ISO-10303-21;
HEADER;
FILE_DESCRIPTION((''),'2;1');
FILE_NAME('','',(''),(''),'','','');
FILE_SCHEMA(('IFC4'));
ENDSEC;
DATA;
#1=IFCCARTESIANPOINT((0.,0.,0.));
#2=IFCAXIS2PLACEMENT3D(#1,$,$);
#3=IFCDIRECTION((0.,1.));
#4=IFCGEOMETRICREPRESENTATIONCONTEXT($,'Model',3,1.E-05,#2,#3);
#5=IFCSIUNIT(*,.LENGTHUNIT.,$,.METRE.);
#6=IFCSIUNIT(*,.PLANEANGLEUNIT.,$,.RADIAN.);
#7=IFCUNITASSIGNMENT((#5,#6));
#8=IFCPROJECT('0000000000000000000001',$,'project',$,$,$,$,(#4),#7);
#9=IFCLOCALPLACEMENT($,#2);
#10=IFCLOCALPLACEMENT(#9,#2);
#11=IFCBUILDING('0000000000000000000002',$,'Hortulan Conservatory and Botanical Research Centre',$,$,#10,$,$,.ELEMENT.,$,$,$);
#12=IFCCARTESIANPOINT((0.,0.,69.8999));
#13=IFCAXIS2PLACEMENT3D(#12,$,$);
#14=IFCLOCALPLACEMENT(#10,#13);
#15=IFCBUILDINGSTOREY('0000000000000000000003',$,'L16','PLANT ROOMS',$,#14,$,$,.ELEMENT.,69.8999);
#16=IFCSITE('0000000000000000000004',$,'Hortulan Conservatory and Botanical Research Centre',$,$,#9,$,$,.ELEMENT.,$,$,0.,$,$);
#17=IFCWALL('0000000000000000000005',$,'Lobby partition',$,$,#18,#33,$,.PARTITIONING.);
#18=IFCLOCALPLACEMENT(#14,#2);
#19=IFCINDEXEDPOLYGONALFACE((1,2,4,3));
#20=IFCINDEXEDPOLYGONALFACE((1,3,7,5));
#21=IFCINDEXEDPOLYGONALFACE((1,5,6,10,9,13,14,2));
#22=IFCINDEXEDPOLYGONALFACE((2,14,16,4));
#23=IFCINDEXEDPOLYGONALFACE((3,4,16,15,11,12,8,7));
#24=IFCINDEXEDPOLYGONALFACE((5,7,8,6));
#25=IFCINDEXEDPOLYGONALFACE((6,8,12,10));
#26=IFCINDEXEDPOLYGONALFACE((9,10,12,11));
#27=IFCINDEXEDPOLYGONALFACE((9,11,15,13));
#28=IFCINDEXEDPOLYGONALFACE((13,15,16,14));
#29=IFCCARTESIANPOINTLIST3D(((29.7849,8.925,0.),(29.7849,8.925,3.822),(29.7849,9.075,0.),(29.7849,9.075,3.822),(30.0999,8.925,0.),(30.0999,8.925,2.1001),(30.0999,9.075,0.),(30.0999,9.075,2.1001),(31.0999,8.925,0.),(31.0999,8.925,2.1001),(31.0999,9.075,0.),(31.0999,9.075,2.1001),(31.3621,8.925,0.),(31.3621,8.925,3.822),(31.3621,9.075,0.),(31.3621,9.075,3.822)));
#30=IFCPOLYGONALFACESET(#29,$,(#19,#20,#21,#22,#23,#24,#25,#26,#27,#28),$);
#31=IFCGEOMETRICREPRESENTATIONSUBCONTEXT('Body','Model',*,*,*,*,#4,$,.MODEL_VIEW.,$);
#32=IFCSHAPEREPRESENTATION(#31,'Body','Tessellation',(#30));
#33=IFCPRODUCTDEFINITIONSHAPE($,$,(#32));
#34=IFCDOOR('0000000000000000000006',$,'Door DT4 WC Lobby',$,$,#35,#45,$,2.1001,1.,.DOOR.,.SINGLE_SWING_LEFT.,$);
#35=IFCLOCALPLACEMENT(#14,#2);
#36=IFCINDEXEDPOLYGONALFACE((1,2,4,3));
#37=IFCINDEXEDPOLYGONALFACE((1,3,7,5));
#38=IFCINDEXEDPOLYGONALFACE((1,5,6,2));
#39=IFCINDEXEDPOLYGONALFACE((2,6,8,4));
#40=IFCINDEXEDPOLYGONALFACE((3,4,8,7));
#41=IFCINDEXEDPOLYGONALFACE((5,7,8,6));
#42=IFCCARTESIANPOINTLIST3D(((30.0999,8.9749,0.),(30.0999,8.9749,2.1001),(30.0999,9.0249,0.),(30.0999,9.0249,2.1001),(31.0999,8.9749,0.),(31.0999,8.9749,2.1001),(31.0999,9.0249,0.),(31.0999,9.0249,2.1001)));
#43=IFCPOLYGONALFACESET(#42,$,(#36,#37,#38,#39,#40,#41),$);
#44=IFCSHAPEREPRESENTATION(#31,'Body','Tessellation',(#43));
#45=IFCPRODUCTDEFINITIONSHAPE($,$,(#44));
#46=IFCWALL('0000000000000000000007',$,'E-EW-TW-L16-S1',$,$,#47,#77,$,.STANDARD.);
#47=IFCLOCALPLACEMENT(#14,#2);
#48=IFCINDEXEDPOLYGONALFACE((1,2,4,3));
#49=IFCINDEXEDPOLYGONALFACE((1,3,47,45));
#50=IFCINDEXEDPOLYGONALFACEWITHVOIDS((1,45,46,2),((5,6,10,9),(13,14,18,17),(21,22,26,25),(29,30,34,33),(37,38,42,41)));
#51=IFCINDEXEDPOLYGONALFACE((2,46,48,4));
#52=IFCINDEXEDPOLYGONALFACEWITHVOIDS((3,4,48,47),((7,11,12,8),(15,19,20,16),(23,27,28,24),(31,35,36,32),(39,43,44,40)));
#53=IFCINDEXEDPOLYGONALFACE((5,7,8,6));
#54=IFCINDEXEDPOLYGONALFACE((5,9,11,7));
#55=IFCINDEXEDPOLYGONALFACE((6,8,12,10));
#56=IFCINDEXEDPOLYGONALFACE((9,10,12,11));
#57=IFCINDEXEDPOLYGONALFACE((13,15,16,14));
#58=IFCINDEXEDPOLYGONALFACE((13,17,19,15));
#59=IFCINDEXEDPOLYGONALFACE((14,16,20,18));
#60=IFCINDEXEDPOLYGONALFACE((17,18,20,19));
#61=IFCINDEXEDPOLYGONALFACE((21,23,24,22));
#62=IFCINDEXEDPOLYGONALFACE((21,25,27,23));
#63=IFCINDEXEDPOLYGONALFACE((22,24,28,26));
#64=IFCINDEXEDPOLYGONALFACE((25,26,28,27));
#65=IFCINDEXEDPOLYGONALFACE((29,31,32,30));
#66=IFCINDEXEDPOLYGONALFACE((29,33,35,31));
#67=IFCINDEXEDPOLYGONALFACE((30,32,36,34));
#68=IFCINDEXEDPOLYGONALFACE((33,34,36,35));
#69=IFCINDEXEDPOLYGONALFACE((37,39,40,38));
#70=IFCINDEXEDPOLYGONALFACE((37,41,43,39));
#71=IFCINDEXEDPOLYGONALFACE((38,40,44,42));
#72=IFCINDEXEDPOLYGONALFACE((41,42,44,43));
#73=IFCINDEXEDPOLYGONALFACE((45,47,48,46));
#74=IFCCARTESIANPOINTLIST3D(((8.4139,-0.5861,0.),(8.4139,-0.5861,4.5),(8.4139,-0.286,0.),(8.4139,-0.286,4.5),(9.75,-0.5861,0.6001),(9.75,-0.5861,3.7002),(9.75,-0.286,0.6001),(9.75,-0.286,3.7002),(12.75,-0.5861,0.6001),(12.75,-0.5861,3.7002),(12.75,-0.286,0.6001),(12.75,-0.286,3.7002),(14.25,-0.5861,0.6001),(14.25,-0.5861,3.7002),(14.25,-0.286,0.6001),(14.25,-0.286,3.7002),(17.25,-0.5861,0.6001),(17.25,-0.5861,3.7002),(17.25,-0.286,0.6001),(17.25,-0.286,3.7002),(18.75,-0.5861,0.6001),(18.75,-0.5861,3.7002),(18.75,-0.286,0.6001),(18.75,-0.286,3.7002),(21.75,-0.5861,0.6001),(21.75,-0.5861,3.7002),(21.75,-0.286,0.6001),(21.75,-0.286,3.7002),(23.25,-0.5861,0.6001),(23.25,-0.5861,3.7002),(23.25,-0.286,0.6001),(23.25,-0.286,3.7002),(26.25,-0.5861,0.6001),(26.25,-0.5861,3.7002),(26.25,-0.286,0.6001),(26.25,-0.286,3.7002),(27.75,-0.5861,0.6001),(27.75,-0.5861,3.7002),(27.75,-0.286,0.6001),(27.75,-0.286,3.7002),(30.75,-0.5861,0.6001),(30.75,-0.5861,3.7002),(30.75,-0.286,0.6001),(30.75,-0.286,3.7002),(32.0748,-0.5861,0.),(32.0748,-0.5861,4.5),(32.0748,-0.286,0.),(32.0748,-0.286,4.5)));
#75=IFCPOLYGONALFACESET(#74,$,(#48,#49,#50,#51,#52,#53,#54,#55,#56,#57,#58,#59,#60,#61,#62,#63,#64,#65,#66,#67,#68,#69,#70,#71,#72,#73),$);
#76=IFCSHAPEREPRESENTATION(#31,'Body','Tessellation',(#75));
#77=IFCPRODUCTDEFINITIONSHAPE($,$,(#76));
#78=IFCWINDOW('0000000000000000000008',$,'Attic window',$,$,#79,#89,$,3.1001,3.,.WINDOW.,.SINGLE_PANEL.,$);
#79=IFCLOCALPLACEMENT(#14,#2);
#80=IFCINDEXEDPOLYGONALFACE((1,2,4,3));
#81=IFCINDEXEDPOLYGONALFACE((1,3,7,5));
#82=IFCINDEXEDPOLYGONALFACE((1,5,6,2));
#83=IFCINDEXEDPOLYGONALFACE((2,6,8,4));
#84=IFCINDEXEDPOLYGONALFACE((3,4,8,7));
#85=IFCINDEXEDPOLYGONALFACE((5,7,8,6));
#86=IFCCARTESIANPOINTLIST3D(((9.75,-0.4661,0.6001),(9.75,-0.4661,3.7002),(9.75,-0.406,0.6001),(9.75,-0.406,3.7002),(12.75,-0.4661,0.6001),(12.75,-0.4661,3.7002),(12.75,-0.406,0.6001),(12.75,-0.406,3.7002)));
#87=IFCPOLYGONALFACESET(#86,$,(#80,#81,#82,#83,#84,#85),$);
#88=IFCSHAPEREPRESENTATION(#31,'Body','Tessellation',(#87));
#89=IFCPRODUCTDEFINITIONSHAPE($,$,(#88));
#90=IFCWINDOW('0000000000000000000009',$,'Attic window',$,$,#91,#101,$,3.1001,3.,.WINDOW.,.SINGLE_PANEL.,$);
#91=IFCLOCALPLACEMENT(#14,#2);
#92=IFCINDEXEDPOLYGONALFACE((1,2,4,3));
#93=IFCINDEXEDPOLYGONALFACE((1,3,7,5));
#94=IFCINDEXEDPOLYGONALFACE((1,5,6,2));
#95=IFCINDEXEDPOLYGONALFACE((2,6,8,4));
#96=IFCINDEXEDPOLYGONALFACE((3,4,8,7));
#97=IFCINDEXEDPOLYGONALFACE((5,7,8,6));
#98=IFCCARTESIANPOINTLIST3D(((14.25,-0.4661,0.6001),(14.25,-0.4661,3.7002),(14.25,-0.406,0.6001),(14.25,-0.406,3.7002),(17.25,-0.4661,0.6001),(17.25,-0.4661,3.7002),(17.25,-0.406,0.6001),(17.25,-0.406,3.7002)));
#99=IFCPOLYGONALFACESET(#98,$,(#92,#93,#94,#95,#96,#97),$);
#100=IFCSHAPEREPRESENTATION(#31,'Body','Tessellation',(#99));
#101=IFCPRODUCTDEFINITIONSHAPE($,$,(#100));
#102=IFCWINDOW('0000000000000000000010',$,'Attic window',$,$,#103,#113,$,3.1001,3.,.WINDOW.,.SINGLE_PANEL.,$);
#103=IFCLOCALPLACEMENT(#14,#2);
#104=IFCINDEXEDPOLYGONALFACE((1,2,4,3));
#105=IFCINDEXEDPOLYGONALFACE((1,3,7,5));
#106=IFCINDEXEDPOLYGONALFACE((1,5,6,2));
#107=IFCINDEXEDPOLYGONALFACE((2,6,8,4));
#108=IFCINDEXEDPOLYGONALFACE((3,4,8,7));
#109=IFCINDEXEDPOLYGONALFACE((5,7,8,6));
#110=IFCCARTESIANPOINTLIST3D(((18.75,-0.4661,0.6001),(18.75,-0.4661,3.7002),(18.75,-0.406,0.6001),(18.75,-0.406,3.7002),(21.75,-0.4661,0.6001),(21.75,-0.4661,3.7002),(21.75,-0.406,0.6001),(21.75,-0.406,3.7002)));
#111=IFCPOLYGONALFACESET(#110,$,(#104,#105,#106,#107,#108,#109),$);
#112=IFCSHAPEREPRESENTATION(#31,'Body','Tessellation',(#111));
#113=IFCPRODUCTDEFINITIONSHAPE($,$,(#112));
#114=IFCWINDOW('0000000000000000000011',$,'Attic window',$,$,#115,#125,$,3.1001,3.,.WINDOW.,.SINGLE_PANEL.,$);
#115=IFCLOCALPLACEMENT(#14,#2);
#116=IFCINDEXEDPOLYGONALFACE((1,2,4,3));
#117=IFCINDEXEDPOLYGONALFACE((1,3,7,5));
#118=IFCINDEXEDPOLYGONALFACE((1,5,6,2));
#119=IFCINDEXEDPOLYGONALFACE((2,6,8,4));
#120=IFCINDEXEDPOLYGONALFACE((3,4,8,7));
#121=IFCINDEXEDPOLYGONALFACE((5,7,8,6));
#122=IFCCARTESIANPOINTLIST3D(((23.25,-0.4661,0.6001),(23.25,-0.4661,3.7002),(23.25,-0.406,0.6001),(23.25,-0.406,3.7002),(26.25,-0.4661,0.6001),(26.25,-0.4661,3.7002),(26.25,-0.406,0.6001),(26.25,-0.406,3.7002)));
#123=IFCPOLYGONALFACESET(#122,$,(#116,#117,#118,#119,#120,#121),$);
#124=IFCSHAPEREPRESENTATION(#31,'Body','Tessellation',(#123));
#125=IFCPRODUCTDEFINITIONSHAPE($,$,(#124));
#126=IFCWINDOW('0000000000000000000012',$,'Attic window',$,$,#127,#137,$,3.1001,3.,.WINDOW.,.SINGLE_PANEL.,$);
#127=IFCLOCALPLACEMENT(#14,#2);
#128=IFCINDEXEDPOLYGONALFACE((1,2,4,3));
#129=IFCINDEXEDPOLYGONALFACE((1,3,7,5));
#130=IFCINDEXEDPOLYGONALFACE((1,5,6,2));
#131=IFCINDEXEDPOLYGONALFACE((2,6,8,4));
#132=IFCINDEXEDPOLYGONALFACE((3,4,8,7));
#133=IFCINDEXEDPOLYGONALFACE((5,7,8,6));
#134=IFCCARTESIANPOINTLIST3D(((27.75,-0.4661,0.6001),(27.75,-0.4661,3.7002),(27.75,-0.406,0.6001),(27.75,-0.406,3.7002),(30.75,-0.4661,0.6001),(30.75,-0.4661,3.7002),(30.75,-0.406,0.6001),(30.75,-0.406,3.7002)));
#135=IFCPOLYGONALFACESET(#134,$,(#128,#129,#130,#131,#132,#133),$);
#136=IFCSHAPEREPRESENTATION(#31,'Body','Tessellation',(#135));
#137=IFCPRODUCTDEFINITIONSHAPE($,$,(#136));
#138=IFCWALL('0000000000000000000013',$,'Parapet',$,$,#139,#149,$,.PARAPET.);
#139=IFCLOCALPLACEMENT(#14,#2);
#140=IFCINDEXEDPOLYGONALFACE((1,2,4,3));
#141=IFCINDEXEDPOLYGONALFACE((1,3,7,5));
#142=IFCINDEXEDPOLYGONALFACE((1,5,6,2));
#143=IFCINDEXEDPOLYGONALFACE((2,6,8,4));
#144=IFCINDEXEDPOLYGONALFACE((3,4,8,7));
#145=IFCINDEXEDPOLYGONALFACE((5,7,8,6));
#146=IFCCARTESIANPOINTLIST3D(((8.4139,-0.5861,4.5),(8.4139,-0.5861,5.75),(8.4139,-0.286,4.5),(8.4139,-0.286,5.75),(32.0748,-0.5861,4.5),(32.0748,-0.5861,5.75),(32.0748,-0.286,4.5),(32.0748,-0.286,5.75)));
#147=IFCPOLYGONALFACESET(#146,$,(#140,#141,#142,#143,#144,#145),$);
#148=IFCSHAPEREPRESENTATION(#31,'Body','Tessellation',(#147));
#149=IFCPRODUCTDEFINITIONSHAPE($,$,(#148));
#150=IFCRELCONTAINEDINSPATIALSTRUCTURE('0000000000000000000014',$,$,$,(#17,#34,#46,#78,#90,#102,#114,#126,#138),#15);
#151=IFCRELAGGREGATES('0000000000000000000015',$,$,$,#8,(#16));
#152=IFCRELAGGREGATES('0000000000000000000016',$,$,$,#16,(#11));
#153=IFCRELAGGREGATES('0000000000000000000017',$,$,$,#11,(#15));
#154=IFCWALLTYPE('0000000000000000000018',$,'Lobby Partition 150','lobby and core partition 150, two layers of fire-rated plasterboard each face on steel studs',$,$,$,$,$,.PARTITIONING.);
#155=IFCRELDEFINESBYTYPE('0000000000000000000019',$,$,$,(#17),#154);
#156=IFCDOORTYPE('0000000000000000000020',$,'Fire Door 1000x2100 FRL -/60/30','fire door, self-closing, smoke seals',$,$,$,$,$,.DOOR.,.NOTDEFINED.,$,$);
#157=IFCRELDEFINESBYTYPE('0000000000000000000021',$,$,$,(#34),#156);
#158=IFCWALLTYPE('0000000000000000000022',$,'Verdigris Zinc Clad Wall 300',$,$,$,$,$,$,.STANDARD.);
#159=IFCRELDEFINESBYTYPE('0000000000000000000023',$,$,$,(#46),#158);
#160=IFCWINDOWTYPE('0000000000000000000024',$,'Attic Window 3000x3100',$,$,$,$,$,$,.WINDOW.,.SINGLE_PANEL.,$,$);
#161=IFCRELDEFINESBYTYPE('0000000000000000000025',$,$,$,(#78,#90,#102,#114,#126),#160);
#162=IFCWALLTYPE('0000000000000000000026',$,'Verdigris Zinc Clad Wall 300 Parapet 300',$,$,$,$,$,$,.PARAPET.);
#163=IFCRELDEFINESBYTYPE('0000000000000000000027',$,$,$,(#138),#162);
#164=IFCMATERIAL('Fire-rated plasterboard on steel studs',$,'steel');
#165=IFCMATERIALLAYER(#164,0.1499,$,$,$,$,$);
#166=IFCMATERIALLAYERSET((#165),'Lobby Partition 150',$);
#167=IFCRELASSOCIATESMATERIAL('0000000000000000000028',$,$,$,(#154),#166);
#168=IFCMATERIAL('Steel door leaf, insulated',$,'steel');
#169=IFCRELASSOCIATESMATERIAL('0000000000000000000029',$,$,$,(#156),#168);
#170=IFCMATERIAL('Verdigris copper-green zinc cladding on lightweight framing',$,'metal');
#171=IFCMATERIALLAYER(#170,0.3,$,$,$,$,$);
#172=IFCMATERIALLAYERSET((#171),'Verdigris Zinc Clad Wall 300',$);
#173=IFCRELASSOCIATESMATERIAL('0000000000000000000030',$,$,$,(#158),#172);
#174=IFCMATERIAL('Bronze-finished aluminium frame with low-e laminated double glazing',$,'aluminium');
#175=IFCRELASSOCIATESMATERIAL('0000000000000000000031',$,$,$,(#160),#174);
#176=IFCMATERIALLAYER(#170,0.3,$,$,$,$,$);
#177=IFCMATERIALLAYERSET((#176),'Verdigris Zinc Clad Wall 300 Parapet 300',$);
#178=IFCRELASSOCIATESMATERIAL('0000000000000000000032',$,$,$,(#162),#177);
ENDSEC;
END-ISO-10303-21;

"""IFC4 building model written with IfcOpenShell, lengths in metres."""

from ifc_helpers import new_model, si_unit, direction, frame, frame_2d, origin, place, context, subcontext, project, spatial, rectangle, extrude, material, layer, layer_set, type_object, element, fill, save


model = new_model("IFC4")

# Units and contexts
model_context = context("Model", 3, precision=1e-05, world=origin(), true_north=direction((0.0, 1.0)))
body_context = subcontext(model_context, "Body", "Model", "MODEL_VIEW")
ifc_project = project(units=[si_unit("LENGTHUNIT", "METRE"), si_unit("PLANEANGLEUNIT", "RADIAN")], contexts=[model_context])

# Site, building, storey
site_placement = place(None, origin())
site = spatial("IfcSite", under=ifc_project, at=site_placement, Name="Hortulan Conservatory and Botanical Research Centre", CompositionType="ELEMENT", RefElevation=0.0)
building_placement = place(site_placement, origin())
building = spatial("IfcBuilding", under=site, at=building_placement, Name="Hortulan Conservatory and Botanical Research Centre", CompositionType="ELEMENT")
storey_placement = place(building_placement, frame((0.0, 0.0, 69.8999)))
storey = spatial("IfcBuildingStorey", under=building, at=storey_placement, Name="L16", Description="PLANT ROOMS", CompositionType="ELEMENT", Elevation=69.8999)

# Wall, opening, door
ifc_material_1 = material(Name="Fire-rated plasterboard on steel studs", Category="steel")
ifc_material_2 = material(Name="Steel door leaf, insulated", Category="steel")
ifc_layer_1 = layer(ifc_material_1, 0.1499)
ifc_layer_set_1 = layer_set([ifc_layer_1], Name="Lobby Partition 150")
wall_type_1 = type_object("IfcWallType", Name="Lobby Partition 150", Description="lobby and core partition 150, two layers of fire-rated plasterboard each face on steel studs", PredefinedType="PARTITIONING", material=ifc_layer_set_1)
door_type_1 = type_object("IfcDoorType", Name="Fire Door 1000x2100 FRL -/60/30", Description="fire door, self-closing, smoke seals", OperationType="NOTDEFINED", PredefinedType="DOOR", material=ifc_material_2)
wall_1_placement = place(storey_placement, frame((29.7849, 9.0, 0.0), z_axis=(0.0, 0.0, 1.0), x_axis=(1.0, 0.0, 0.0)))
wall_1 = element("IfcWall", 1, at=wall_1_placement, inside=storey, type_object=wall_type_1, Name="Lobby partition", PredefinedType="PARTITIONING", context=body_context, shape_type="SweptSolid", body=[
    extrude(rectangle(XDim=1.5771, YDim=0.1499, at=frame_2d((0.7886, 0.0))), origin(), (0.0, 0.0, 1.0), 3.822),
])
opening_1_placement = place(wall_1_placement, frame((0.3149, 0.0, 0.0)))
opening_1 = element("IfcOpeningElement", 2, at=opening_1_placement, cuts=wall_1, PredefinedType="OPENING", context=body_context, shape_type="SweptSolid", body=[
    extrude(rectangle(XDim=1.0, YDim=2.1001, at=frame_2d((0.5, 1.05))), frame((0.0, 0.085, 0.0), z_axis=(0.0, -1.0, 0.0), x_axis=(1.0, 0.0, 0.0)), (0.0, 0.0, 1.0), 0.1699),
])
door_1_placement = place(opening_1_placement, origin())
door_1 = element("IfcDoor", 3, at=door_1_placement, inside=storey, type_object=door_type_1, Name="Door DT4 WC Lobby", OperationType="SINGLE_SWING_LEFT", OverallHeight=2.1001, OverallWidth=1.0, PredefinedType="DOOR", context=body_context, shape_type="SweptSolid", body=[
    extrude(rectangle(XDim=1.0, YDim=2.1001, at=frame_2d((0.5, 1.05))), frame((0.0, 0.0249, 0.0), z_axis=(0.0, -1.0, 0.0), x_axis=(1.0, 0.0, 0.0)), (0.0, 0.0, 1.0), 0.05),
])
fill(opening_1, door_1)

# Wall, openings, windows
ifc_material_3 = material(Name="Verdigris copper-green zinc cladding on lightweight framing", Category="metal")
ifc_layer_2 = layer(ifc_material_3, 0.3)
ifc_layer_set_2 = layer_set([ifc_layer_2], Name="Verdigris Zinc Clad Wall 300")
wall_type_2 = type_object("IfcWallType", Name="Verdigris Zinc Clad Wall 300", PredefinedType="STANDARD", material=ifc_layer_set_2)
wall_2_placement = place(storey_placement, frame((32.075, -0.436, 0.0), z_axis=(0.0, 0.0, 1.0), x_axis=(-1.0, 0.0, 0.0)))
wall_2 = element("IfcWall", 4, at=wall_2_placement, inside=storey, type_object=wall_type_2, Name="E-EW-TW-L16-S1", PredefinedType="STANDARD", context=body_context, shape_type="SweptSolid", body=[
    extrude(rectangle(XDim=23.6609, YDim=0.3, at=frame_2d((11.8306, 0.0))), origin(), (0.0, 0.0, 1.0), 4.5),
])
opening_2_placement = place(wall_2_placement, frame((19.325, 0.0, 0.6001)))
opening_2 = element("IfcOpeningElement", 5, at=opening_2_placement, cuts=wall_2, PredefinedType="OPENING", context=body_context, shape_type="SweptSolid", body=[
    extrude(rectangle(XDim=3.0, YDim=3.1001, at=frame_2d((1.5, 1.55))), frame((0.0, 0.1599, 0.0), z_axis=(0.0, -1.0, 0.0), x_axis=(1.0, 0.0, 0.0)), (0.0, 0.0, 1.0), 0.3201),
])
opening_3_placement = place(wall_2_placement, frame((14.825, 0.0, 0.6001)))
opening_3 = element("IfcOpeningElement", 6, at=opening_3_placement, cuts=wall_2, PredefinedType="OPENING", context=body_context, shape_type="SweptSolid", body=[
    extrude(rectangle(XDim=3.0, YDim=3.1001, at=frame_2d((1.5, 1.55))), frame((0.0, 0.1599, 0.0), z_axis=(0.0, -1.0, 0.0), x_axis=(1.0, 0.0, 0.0)), (0.0, 0.0, 1.0), 0.3201),
])
opening_4_placement = place(wall_2_placement, frame((10.325, 0.0, 0.6001)))
opening_4 = element("IfcOpeningElement", 7, at=opening_4_placement, cuts=wall_2, PredefinedType="OPENING", context=body_context, shape_type="SweptSolid", body=[
    extrude(rectangle(XDim=3.0, YDim=3.1001, at=frame_2d((1.5, 1.55))), frame((0.0, 0.1599, 0.0), z_axis=(0.0, -1.0, 0.0), x_axis=(1.0, 0.0, 0.0)), (0.0, 0.0, 1.0), 0.3201),
])
opening_5_placement = place(wall_2_placement, frame((5.825, 0.0, 0.6001)))
opening_5 = element("IfcOpeningElement", 8, at=opening_5_placement, cuts=wall_2, PredefinedType="OPENING", context=body_context, shape_type="SweptSolid", body=[
    extrude(rectangle(XDim=3.0, YDim=3.1001, at=frame_2d((1.5, 1.55))), frame((0.0, 0.1599, 0.0), z_axis=(0.0, -1.0, 0.0), x_axis=(1.0, 0.0, 0.0)), (0.0, 0.0, 1.0), 0.3201),
])
opening_6_placement = place(wall_2_placement, frame((1.325, 0.0, 0.6001)))
opening_6 = element("IfcOpeningElement", 9, at=opening_6_placement, cuts=wall_2, PredefinedType="OPENING", context=body_context, shape_type="SweptSolid", body=[
    extrude(rectangle(XDim=3.0, YDim=3.1001, at=frame_2d((1.5, 1.55))), frame((0.0, 0.1599, 0.0), z_axis=(0.0, -1.0, 0.0), x_axis=(1.0, 0.0, 0.0)), (0.0, 0.0, 1.0), 0.3201),
])
ifc_material_4 = material(Name="Bronze-finished aluminium frame with low-e laminated double glazing", Category="aluminium")
window_type = type_object("IfcWindowType", Name="Attic Window 3000x3100", PartitioningType="SINGLE_PANEL", PredefinedType="WINDOW", material=ifc_material_4)
window_1_placement = place(opening_2_placement, origin())
window_1 = element("IfcWindow", 10, at=window_1_placement, inside=storey, type_object=window_type, Name="Attic window", OverallHeight=3.1001, OverallWidth=3.0, PartitioningType="SINGLE_PANEL", PredefinedType="WINDOW", context=body_context, shape_type="SweptSolid", body=[
    extrude(rectangle(XDim=3.0, YDim=3.1001, at=frame_2d((1.5, 1.55))), frame((0.0, 0.03, 0.0), z_axis=(0.0, -1.0, 0.0), x_axis=(1.0, 0.0, 0.0)), (0.0, 0.0, 1.0), 0.0601),
])
fill(opening_2, window_1)
window_2_placement = place(opening_3_placement, origin())
window_2 = element("IfcWindow", 11, at=window_2_placement, inside=storey, type_object=window_type, Name="Attic window", OverallHeight=3.1001, OverallWidth=3.0, PartitioningType="SINGLE_PANEL", PredefinedType="WINDOW", context=body_context, shape_type="SweptSolid", body=[
    extrude(rectangle(XDim=3.0, YDim=3.1001, at=frame_2d((1.5, 1.55))), frame((0.0, 0.03, 0.0), z_axis=(0.0, -1.0, 0.0), x_axis=(1.0, 0.0, 0.0)), (0.0, 0.0, 1.0), 0.0601),
])
fill(opening_3, window_2)
window_3_placement = place(opening_4_placement, origin())
window_3 = element("IfcWindow", 12, at=window_3_placement, inside=storey, type_object=window_type, Name="Attic window", OverallHeight=3.1001, OverallWidth=3.0, PartitioningType="SINGLE_PANEL", PredefinedType="WINDOW", context=body_context, shape_type="SweptSolid", body=[
    extrude(rectangle(XDim=3.0, YDim=3.1001, at=frame_2d((1.5, 1.55))), frame((0.0, 0.03, 0.0), z_axis=(0.0, -1.0, 0.0), x_axis=(1.0, 0.0, 0.0)), (0.0, 0.0, 1.0), 0.0601),
])
fill(opening_4, window_3)
window_4_placement = place(opening_5_placement, origin())
window_4 = element("IfcWindow", 13, at=window_4_placement, inside=storey, type_object=window_type, Name="Attic window", OverallHeight=3.1001, OverallWidth=3.0, PartitioningType="SINGLE_PANEL", PredefinedType="WINDOW", context=body_context, shape_type="SweptSolid", body=[
    extrude(rectangle(XDim=3.0, YDim=3.1001, at=frame_2d((1.5, 1.55))), frame((0.0, 0.03, 0.0), z_axis=(0.0, -1.0, 0.0), x_axis=(1.0, 0.0, 0.0)), (0.0, 0.0, 1.0), 0.0601),
])
fill(opening_5, window_4)
window_5_placement = place(opening_6_placement, origin())
window_5 = element("IfcWindow", 14, at=window_5_placement, inside=storey, type_object=window_type, Name="Attic window", OverallHeight=3.1001, OverallWidth=3.0, PartitioningType="SINGLE_PANEL", PredefinedType="WINDOW", context=body_context, shape_type="SweptSolid", body=[
    extrude(rectangle(XDim=3.0, YDim=3.1001, at=frame_2d((1.5, 1.55))), frame((0.0, 0.03, 0.0), z_axis=(0.0, -1.0, 0.0), x_axis=(1.0, 0.0, 0.0)), (0.0, 0.0, 1.0), 0.0601),
])
fill(opening_6, window_5)

# Wall
ifc_layer_3 = layer(ifc_material_3, 0.3)
ifc_layer_set_3 = layer_set([ifc_layer_3], Name="Verdigris Zinc Clad Wall 300 Parapet 300")
wall_type_3 = type_object("IfcWallType", Name="Verdigris Zinc Clad Wall 300 Parapet 300", PredefinedType="PARAPET", material=ifc_layer_set_3)
wall_3_placement = place(storey_placement, frame((32.075, -0.436, 4.5), z_axis=(0.0, 0.0, 1.0), x_axis=(-1.0, 0.0, 0.0)))
element("IfcWall", 15, at=wall_3_placement, inside=storey, type_object=wall_type_3, Name="Parapet", PredefinedType="PARAPET", context=body_context, shape_type="SweptSolid", body=[
    extrude(rectangle(XDim=23.6609, YDim=0.3, at=frame_2d((11.8306, 0.0))), origin(), (0.0, 0.0, 1.0), 1.25),
])

save(model, "model.ifc")
